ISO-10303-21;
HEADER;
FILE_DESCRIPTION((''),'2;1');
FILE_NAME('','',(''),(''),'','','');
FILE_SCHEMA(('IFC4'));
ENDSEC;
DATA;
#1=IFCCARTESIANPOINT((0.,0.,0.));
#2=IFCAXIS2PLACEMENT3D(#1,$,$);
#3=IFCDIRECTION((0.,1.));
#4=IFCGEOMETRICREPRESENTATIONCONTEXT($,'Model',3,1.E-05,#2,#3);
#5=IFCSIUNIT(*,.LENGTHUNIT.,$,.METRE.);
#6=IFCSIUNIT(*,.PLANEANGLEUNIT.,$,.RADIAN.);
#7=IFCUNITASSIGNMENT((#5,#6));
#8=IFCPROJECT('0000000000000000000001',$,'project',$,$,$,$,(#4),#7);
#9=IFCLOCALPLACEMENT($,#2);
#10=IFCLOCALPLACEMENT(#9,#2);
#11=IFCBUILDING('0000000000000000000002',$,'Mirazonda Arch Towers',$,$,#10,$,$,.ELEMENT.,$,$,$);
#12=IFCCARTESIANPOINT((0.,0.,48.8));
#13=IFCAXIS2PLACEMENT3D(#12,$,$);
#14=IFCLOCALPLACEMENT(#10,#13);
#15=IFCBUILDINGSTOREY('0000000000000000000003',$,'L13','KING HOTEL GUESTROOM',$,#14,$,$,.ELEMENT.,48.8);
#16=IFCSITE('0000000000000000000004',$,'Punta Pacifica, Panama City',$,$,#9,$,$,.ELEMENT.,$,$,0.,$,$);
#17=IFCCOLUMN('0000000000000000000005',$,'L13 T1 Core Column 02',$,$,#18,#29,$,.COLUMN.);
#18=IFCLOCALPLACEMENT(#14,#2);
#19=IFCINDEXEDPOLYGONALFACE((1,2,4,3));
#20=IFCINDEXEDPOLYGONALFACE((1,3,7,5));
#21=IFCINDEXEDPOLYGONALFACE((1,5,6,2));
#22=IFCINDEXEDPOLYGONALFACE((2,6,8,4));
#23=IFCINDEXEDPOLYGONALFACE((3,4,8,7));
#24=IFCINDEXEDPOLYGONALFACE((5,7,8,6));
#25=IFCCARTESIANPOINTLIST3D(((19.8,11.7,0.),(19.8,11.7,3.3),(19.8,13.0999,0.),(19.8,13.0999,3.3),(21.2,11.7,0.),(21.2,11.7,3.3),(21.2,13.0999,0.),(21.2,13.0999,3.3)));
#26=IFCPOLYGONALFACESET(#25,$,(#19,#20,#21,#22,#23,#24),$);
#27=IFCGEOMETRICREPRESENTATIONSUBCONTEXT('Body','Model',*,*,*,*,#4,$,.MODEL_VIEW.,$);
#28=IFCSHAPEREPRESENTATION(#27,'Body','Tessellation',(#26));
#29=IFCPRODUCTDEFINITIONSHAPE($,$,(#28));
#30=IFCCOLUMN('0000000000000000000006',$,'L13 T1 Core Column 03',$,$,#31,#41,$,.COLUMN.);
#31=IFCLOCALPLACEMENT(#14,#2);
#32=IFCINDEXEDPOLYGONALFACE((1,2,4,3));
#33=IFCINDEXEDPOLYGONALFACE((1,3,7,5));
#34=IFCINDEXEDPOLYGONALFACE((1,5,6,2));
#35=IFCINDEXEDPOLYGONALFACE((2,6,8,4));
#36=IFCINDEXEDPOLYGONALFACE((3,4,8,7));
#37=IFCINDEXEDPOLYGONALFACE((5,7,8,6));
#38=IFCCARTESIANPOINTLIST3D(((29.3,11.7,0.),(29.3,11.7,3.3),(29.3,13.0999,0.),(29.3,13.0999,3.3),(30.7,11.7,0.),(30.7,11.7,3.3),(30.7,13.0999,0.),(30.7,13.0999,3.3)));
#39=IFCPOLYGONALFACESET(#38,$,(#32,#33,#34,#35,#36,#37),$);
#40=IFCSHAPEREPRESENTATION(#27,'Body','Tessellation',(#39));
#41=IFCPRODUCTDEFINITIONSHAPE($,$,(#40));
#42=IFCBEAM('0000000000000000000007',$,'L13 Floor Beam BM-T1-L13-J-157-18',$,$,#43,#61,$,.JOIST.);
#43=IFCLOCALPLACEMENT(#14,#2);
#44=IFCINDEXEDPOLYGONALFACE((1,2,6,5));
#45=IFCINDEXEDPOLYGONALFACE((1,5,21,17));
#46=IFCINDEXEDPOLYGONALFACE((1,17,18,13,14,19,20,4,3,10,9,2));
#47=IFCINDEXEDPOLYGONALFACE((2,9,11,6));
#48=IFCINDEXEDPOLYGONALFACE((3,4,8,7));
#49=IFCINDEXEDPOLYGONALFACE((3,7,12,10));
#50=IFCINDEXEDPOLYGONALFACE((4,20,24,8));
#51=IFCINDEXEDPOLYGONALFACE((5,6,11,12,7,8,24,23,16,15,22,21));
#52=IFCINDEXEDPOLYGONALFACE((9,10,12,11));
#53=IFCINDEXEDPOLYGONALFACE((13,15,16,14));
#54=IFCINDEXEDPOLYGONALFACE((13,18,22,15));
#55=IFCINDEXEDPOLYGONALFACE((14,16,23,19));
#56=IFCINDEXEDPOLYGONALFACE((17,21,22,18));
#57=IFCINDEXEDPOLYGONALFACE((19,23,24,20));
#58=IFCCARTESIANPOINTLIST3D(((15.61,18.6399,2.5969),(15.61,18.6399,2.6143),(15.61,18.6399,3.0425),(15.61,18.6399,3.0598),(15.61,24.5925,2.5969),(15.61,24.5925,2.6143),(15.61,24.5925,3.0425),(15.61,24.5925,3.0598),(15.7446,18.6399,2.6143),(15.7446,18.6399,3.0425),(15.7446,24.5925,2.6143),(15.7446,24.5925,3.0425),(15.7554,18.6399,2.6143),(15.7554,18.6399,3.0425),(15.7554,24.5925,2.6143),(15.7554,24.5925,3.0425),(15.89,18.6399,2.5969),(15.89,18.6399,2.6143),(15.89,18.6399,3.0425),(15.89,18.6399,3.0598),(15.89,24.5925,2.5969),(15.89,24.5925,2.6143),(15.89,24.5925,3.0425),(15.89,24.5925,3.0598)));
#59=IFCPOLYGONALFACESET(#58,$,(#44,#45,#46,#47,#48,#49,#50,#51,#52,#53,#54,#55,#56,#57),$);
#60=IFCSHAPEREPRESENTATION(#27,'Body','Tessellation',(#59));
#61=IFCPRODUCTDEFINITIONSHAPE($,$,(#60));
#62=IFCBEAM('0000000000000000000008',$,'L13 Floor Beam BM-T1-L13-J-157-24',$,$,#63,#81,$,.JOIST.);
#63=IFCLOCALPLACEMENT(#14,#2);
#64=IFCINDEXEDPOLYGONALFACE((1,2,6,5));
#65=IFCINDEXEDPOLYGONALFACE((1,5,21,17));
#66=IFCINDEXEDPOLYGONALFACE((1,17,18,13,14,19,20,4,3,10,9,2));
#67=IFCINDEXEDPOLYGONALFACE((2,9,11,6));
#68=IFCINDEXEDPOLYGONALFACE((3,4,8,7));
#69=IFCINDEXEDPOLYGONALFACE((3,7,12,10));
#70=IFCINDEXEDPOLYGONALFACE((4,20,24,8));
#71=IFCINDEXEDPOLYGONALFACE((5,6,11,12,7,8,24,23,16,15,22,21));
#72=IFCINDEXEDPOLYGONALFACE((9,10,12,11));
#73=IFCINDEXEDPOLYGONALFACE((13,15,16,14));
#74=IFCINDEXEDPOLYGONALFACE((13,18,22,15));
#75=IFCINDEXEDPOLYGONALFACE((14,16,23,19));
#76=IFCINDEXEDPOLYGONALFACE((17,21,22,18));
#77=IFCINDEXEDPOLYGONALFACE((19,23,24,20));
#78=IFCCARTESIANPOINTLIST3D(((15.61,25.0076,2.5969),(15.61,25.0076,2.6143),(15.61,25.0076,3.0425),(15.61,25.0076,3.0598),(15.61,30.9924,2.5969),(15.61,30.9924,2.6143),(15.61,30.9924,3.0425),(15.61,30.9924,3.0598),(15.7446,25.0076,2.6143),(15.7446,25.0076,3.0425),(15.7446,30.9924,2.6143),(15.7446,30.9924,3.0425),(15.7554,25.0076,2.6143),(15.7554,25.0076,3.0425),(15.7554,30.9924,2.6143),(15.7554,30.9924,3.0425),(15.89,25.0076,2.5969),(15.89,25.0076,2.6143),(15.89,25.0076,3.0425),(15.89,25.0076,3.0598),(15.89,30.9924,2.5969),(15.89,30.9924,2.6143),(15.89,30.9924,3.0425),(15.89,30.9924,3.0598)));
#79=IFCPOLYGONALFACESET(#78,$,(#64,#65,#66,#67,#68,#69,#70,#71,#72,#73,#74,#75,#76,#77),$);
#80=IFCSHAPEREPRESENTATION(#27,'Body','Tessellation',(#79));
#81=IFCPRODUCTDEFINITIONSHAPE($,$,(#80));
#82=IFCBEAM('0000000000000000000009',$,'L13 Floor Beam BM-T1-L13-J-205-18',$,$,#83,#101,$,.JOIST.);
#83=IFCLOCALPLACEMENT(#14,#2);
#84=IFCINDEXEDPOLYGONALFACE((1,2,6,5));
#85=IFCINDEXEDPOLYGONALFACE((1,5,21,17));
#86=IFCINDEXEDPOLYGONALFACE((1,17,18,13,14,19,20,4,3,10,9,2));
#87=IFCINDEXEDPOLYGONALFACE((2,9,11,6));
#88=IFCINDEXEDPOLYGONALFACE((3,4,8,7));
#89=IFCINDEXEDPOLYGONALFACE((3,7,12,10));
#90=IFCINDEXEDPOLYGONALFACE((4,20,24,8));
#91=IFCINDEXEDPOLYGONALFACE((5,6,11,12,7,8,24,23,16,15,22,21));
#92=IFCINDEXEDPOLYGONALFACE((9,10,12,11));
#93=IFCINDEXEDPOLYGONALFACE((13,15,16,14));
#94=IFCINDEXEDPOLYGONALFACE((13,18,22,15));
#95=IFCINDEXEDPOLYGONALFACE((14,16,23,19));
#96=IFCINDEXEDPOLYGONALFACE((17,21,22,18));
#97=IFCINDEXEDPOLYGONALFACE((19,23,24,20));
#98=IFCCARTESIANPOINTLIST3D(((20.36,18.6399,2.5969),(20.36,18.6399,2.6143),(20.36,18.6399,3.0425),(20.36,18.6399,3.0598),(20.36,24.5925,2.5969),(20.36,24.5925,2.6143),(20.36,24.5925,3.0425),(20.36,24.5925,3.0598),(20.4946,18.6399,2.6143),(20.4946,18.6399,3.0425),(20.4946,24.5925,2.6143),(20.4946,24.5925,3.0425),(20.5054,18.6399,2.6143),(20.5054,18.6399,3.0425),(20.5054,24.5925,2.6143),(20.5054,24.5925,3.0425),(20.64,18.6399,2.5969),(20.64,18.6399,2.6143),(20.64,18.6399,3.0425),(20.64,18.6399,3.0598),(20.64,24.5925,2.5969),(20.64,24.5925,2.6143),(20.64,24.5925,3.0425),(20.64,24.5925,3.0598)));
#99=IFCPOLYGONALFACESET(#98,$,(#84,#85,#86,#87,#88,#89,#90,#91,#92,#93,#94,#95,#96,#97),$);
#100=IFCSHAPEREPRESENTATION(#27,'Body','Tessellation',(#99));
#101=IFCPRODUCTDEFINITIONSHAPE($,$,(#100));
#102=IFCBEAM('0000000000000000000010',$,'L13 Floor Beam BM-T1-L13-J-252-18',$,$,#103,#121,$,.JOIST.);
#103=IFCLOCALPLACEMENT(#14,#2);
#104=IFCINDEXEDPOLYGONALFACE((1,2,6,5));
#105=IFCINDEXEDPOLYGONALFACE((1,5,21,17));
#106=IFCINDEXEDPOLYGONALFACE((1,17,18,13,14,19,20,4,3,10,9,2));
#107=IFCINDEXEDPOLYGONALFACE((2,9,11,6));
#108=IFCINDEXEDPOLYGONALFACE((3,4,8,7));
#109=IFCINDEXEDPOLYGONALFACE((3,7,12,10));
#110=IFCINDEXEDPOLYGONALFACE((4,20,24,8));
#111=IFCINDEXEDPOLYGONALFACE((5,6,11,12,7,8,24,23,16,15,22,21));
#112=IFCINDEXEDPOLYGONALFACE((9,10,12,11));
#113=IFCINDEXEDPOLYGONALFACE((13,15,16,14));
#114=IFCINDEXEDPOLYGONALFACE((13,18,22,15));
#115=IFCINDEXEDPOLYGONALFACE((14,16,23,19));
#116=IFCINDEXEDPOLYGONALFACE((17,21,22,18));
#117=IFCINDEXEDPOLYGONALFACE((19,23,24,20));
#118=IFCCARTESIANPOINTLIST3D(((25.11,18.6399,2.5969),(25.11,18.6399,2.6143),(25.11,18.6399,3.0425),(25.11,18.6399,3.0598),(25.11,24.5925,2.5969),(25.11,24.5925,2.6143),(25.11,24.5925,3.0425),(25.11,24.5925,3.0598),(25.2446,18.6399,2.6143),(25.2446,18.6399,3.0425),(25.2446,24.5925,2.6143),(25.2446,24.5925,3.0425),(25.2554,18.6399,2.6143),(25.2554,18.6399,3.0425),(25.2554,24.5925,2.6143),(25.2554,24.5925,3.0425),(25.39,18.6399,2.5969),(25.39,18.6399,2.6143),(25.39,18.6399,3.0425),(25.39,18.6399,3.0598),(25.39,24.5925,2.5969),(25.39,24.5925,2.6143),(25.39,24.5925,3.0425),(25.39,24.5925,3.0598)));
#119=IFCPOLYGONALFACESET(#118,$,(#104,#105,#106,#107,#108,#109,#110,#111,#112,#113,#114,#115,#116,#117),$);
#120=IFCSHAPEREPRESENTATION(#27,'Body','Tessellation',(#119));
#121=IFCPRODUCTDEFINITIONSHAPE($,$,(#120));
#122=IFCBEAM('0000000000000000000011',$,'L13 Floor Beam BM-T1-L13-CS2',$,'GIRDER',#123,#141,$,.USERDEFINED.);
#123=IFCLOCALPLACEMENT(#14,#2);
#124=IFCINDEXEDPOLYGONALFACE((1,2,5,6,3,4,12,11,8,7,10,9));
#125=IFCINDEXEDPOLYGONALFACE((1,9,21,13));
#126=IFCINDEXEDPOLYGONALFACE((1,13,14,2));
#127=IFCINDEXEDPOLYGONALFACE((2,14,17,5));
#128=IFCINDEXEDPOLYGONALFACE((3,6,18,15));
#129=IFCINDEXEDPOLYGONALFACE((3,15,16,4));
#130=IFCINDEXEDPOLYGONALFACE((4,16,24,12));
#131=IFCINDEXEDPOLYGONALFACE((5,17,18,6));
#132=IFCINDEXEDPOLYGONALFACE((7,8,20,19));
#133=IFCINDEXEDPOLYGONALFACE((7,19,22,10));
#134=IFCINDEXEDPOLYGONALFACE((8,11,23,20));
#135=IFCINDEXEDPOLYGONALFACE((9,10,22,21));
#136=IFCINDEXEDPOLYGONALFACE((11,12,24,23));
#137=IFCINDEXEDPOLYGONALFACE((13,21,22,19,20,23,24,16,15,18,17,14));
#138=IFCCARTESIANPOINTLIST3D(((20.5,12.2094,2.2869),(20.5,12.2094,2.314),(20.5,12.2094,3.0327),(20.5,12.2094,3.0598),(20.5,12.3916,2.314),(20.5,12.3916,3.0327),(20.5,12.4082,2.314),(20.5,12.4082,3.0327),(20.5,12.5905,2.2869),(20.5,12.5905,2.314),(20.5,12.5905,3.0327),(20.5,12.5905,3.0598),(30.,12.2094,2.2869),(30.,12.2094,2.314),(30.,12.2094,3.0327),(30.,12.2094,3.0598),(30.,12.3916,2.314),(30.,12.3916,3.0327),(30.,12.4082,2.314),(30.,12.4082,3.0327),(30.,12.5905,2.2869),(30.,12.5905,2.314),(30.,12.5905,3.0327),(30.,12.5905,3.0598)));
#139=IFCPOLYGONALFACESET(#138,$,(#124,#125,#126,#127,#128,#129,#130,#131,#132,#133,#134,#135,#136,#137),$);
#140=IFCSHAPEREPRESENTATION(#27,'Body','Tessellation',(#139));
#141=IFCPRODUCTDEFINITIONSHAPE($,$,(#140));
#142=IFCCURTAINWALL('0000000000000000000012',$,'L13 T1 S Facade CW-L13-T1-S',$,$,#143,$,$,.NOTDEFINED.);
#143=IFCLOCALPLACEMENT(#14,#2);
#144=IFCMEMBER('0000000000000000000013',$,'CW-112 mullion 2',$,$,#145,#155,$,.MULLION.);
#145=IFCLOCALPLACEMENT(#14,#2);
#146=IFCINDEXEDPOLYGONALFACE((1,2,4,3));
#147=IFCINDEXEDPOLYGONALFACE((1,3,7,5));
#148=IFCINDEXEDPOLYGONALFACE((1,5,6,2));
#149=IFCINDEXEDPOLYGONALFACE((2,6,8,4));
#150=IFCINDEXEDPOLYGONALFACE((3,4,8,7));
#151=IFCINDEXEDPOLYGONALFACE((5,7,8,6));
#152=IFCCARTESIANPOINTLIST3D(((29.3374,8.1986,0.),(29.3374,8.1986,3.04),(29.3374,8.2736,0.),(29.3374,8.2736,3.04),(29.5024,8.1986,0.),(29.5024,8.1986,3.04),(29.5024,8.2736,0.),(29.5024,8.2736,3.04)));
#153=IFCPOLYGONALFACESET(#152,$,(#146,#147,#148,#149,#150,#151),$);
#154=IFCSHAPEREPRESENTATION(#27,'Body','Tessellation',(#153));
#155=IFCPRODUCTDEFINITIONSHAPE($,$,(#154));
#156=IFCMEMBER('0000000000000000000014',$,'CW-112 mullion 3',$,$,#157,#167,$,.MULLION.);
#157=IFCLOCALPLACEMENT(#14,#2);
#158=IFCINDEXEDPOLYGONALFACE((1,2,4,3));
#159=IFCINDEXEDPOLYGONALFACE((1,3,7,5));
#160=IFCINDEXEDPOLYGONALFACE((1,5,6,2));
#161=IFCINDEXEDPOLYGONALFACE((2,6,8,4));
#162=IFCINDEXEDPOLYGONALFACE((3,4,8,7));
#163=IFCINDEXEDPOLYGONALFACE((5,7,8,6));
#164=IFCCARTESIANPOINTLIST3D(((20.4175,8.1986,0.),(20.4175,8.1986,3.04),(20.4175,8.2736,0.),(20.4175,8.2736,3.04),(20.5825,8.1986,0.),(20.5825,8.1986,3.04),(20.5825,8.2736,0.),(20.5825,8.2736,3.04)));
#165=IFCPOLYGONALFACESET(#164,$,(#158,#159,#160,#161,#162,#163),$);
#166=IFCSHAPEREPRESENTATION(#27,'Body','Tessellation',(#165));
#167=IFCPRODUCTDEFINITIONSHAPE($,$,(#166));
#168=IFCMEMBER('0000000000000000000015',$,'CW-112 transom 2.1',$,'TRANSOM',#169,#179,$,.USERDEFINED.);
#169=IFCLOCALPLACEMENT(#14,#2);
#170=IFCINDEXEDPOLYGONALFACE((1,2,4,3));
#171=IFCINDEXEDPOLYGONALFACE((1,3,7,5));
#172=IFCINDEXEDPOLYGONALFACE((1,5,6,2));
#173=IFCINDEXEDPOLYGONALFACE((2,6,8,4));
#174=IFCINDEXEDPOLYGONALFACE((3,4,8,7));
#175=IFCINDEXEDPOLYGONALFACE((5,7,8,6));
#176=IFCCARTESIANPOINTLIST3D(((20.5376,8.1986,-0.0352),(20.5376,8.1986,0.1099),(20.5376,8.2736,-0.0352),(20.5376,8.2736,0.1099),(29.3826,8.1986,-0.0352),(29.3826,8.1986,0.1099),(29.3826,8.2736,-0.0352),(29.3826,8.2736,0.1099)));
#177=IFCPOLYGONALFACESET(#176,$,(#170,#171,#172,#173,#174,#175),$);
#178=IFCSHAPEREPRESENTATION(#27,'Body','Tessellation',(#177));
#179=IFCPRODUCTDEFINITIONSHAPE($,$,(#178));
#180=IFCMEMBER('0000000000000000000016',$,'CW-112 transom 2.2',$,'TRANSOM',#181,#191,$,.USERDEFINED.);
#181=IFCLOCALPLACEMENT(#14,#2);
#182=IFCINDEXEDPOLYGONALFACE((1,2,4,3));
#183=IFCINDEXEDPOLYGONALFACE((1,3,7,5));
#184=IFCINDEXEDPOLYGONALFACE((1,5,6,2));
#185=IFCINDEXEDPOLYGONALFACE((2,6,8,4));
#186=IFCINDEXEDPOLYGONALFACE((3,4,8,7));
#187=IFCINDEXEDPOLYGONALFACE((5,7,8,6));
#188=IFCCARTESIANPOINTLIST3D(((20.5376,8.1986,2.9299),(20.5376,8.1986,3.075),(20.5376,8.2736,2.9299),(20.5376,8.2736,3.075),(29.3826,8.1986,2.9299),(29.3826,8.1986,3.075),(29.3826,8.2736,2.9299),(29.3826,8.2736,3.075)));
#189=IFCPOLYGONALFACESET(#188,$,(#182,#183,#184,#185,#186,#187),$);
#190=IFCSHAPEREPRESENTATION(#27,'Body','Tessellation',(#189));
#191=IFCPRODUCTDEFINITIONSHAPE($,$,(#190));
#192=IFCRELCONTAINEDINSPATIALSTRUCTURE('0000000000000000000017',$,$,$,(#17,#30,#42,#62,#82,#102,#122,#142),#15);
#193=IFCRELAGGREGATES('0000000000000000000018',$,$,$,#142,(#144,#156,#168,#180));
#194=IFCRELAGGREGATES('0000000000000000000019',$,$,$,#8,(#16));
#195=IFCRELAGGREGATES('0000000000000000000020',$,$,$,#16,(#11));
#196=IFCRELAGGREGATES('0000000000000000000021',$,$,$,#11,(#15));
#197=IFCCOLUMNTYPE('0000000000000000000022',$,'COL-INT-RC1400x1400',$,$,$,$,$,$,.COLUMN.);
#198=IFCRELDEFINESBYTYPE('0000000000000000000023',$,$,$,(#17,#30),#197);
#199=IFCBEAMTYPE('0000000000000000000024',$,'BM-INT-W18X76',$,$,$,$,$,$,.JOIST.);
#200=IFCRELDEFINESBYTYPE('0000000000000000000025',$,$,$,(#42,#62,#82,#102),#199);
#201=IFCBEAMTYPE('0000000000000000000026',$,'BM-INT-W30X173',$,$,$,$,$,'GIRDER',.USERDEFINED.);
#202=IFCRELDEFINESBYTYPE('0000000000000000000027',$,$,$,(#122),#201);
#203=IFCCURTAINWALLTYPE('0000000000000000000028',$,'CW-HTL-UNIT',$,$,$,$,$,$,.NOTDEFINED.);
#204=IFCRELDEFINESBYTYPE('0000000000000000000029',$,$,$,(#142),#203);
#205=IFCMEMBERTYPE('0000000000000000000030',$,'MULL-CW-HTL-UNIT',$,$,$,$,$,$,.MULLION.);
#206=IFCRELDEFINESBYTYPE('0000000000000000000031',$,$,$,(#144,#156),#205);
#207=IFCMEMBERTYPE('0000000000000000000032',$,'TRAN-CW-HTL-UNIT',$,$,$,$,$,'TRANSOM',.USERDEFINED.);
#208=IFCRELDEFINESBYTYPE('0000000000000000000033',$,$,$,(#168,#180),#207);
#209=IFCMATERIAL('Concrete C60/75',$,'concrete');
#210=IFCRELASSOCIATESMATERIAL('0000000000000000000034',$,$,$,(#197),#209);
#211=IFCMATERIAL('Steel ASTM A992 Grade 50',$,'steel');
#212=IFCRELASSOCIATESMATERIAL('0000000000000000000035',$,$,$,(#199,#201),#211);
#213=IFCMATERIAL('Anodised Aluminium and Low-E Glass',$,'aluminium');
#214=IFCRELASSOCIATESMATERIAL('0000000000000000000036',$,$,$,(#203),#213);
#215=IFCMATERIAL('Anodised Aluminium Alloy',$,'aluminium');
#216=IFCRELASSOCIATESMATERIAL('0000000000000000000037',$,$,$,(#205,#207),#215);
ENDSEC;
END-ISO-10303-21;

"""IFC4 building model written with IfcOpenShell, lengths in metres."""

from ifc_helpers import new_model, si_unit, direction, frame, origin, origin_2d, place, context, subcontext, project, spatial, rectangle, i_section, extrude, material, material_profile, profile_set, type_object, element, aggregate, save


model = new_model("IFC4")

# Units and contexts
model_context = context("Model", 3, precision=1e-05, world=origin(), true_north=direction((0.0, 1.0)))
body_context = subcontext(model_context, "Body", "Model", "MODEL_VIEW")
ifc_project = project(units=[si_unit("LENGTHUNIT", "METRE"), si_unit("PLANEANGLEUNIT", "RADIAN")], contexts=[model_context])

# Site, building, storey
site_placement = place(None, origin())
site = spatial("IfcSite", under=ifc_project, at=site_placement, Name="Punta Pacifica, Panama City", CompositionType="ELEMENT", RefElevation=0.0)
building_placement = place(site_placement, origin())
building = spatial("IfcBuilding", under=site, at=building_placement, Name="Mirazonda Arch Towers", CompositionType="ELEMENT")
storey_placement = place(building_placement, frame((0.0, 0.0, 48.8)))
storey = spatial("IfcBuildingStorey", under=building, at=storey_placement, Name="L13", Description="KING HOTEL GUESTROOM", CompositionType="ELEMENT", Elevation=48.8)

# Columns
ifc_material_1 = material(Name="Concrete C60/75", Category="concrete")
ifc_material_profile_1 = material_profile(ifc_material_1, rectangle(XDim=1.3999, YDim=1.3999, at=origin_2d()), Name="RC1400x1400")
ifc_profile_set_1 = profile_set([ifc_material_profile_1], Name="Concrete C60/75")
column_type = type_object("IfcColumnType", Name="COL-INT-RC1400x1400", PredefinedType="COLUMN", material=ifc_profile_set_1)
for number, where, z_axis, x_axis, name in (
    (1, (20.5, 12.3999, 0.0), (0.0, 0.0, 1.0), (1.0, 0.0, 0.0), "L13 T1 Core Column 02"),
    (2, (30.0, 12.3999, 0.0), (0.0, 0.0, 1.0), (1.0, 0.0, 0.0), "L13 T1 Core Column 03"),
):
    element("IfcColumn", number, at=place(storey_placement, frame(where, z_axis=z_axis, x_axis=x_axis)), inside=storey, type_object=column_type, Name=name, PredefinedType="COLUMN", context=body_context, shape_type="SweptSolid", body=[
        extrude(rectangle(XDim=1.3999, YDim=1.3999, at=origin_2d()), origin(), (0.0, 0.0, 1.0), 3.3),
    ])

# Beams
ifc_material_2 = material(Name="Steel ASTM A992 Grade 50", Category="steel")
ifc_material_profile_2 = material_profile(ifc_material_2, i_section(OverallWidth=0.28, OverallDepth=0.4629, WebThickness=0.0107, FlangeThickness=0.0173, at=origin_2d()), Name="W18X76")
ifc_profile_set_2 = profile_set([ifc_material_profile_2], Name="Steel ASTM A992 Grade 50")
beam_type_1 = type_object("IfcBeamType", Name="BM-INT-W18X76", PredefinedType="JOIST", material=ifc_profile_set_2)
beam_1_placement = place(storey_placement, frame((15.75, 18.6399, 2.8284), z_axis=(0.0, 1.0, 0.0), x_axis=(-1.0, 0.0, 0.0)))
element("IfcBeam", 3, at=beam_1_placement, inside=storey, type_object=beam_type_1, Name="L13 Floor Beam BM-T1-L13-J-157-18", PredefinedType="JOIST", context=body_context, shape_type="SweptSolid", body=[
    extrude(i_section(OverallWidth=0.28, OverallDepth=0.4629, WebThickness=0.0107, FlangeThickness=0.0173, at=origin_2d()), origin(), (0.0, 0.0, 1.0), 5.9526),
])
beam_2_placement = place(storey_placement, frame((15.75, 25.0076, 2.8284), z_axis=(0.0, 1.0, 0.0), x_axis=(-1.0, 0.0, 0.0)))
element("IfcBeam", 4, at=beam_2_placement, inside=storey, type_object=beam_type_1, Name="L13 Floor Beam BM-T1-L13-J-157-24", PredefinedType="JOIST", context=body_context, shape_type="SweptSolid", body=[
    extrude(i_section(OverallWidth=0.28, OverallDepth=0.4629, WebThickness=0.0107, FlangeThickness=0.0173, at=origin_2d()), origin(), (0.0, 0.0, 1.0), 5.9849),
])
for number, where, z_axis, x_axis, name in (
    (5, (20.5, 18.6399, 2.8284), (0.0, 1.0, 0.0), (-1.0, 0.0, 0.0), "L13 Floor Beam BM-T1-L13-J-205-18"),
    (6, (25.25, 18.6399, 2.8284), (0.0, 1.0, 0.0), (-1.0, 0.0, 0.0), "L13 Floor Beam BM-T1-L13-J-252-18"),
):
    element("IfcBeam", number, at=place(storey_placement, frame(where, z_axis=z_axis, x_axis=x_axis)), inside=storey, type_object=beam_type_1, Name=name, PredefinedType="JOIST", context=body_context, shape_type="SweptSolid", body=[
        extrude(i_section(OverallWidth=0.28, OverallDepth=0.4629, WebThickness=0.0107, FlangeThickness=0.0173, at=origin_2d()), origin(), (0.0, 0.0, 1.0), 5.9526),
    ])
ifc_material_profile_3 = material_profile(ifc_material_2, i_section(OverallWidth=0.3811, OverallDepth=0.7729, WebThickness=0.0166, FlangeThickness=0.0271, at=origin_2d()), Name="W30X173")
ifc_profile_set_3 = profile_set([ifc_material_profile_3], Name="Steel ASTM A992 Grade 50")
beam_type_2 = type_object("IfcBeamType", Name="BM-INT-W30X173", ElementType="GIRDER", PredefinedType="USERDEFINED", material=ifc_profile_set_3)
beam_3_placement = place(storey_placement, frame((20.5, 12.3999, 2.6733), z_axis=(1.0, 0.0, 0.0), x_axis=(0.0, 1.0, 0.0)))
element("IfcBeam", 7, at=beam_3_placement, inside=storey, type_object=beam_type_2, Name="L13 Floor Beam BM-T1-L13-CS2", ObjectType="GIRDER", PredefinedType="USERDEFINED", context=body_context, shape_type="SweptSolid", body=[
    extrude(i_section(OverallWidth=0.3811, OverallDepth=0.7729, WebThickness=0.0166, FlangeThickness=0.0271, at=origin_2d()), origin(), (0.0, 0.0, 1.0), 9.5),
])

# Curtain wall, members
ifc_material_3 = material(Name="Anodised Aluminium and Low-E Glass", Category="aluminium")
curtain_wall_type = type_object("IfcCurtainWallType", Name="CW-HTL-UNIT", PredefinedType="NOTDEFINED", material=ifc_material_3)
curtain_wall_placement = place(storey_placement, origin())
curtain_wall = element("IfcCurtainWall", 8, at=curtain_wall_placement, inside=storey, type_object=curtain_wall_type, Name="L13 T1 S Facade CW-L13-T1-S", PredefinedType="NOTDEFINED")
ifc_material_4 = material(Name="Anodised Aluminium Alloy", Category="aluminium")
ifc_material_profile_4 = material_profile(ifc_material_4, rectangle(XDim=0.075, YDim=0.165, at=origin_2d()), Name="ALU-MULL-75x165")
ifc_profile_set_4 = profile_set([ifc_material_profile_4], Name="Anodised Aluminium Alloy")
member_type_1 = type_object("IfcMemberType", Name="MULL-CW-HTL-UNIT", PredefinedType="MULLION", material=ifc_profile_set_4)
member_1_placement = place(storey_placement, frame((29.4199, 8.2361, 0.0), z_axis=(0.0, 0.0, 1.0), x_axis=(0.0, -1.0, 0.0)))
member_1 = element("IfcMember", 9, at=member_1_placement, type_object=member_type_1, Name="CW-112 mullion 2", PredefinedType="MULLION", context=body_context, shape_type="SweptSolid", body=[
    extrude(rectangle(XDim=0.075, YDim=0.165, at=origin_2d()), origin(), (0.0, 0.0, 1.0), 3.04),
])
member_2_placement = place(storey_placement, frame((20.5, 8.2361, 0.0), z_axis=(0.0, 0.0, 1.0), x_axis=(0.0, -1.0, 0.0)))
member_2 = element("IfcMember", 10, at=member_2_placement, type_object=member_type_1, Name="CW-112 mullion 3", PredefinedType="MULLION", context=body_context, shape_type="SweptSolid", body=[
    extrude(rectangle(XDim=0.075, YDim=0.165, at=origin_2d()), origin(), (0.0, 0.0, 1.0), 3.04),
])
ifc_material_profile_5 = material_profile(ifc_material_4, rectangle(XDim=0.075, YDim=0.145, at=origin_2d()), Name="ALU-TRAN-75x145")
ifc_profile_set_5 = profile_set([ifc_material_profile_5], Name="Anodised Aluminium Alloy")
member_type_2 = type_object("IfcMemberType", Name="TRAN-CW-HTL-UNIT", ElementType="TRANSOM", PredefinedType="USERDEFINED", material=ifc_profile_set_5)
member_3_placement = place(storey_placement, frame((29.3826, 8.2361, 0.0374), z_axis=(-1.0, 0.0, 0.0), x_axis=(0.0, -1.0, 0.0)))
member_3 = element("IfcMember", 11, at=member_3_placement, type_object=member_type_2, Name="CW-112 transom 2.1", ObjectType="TRANSOM", PredefinedType="USERDEFINED", context=body_context, shape_type="SweptSolid", body=[
    extrude(rectangle(XDim=0.075, YDim=0.145, at=origin_2d()), origin(), (0.0, 0.0, 1.0), 8.845),
])
member_4_placement = place(storey_placement, frame((29.3826, 8.2361, 3.0024), z_axis=(-1.0, 0.0, 0.0), x_axis=(0.0, -1.0, 0.0)))
member_4 = element("IfcMember", 12, at=member_4_placement, type_object=member_type_2, Name="CW-112 transom 2.2", ObjectType="TRANSOM", PredefinedType="USERDEFINED", context=body_context, shape_type="SweptSolid", body=[
    extrude(rectangle(XDim=0.075, YDim=0.145, at=origin_2d()), origin(), (0.0, 0.0, 1.0), 8.845),
])
aggregate(curtain_wall, [member_1, member_2, member_3, member_4])

save(model, "model.ifc")
